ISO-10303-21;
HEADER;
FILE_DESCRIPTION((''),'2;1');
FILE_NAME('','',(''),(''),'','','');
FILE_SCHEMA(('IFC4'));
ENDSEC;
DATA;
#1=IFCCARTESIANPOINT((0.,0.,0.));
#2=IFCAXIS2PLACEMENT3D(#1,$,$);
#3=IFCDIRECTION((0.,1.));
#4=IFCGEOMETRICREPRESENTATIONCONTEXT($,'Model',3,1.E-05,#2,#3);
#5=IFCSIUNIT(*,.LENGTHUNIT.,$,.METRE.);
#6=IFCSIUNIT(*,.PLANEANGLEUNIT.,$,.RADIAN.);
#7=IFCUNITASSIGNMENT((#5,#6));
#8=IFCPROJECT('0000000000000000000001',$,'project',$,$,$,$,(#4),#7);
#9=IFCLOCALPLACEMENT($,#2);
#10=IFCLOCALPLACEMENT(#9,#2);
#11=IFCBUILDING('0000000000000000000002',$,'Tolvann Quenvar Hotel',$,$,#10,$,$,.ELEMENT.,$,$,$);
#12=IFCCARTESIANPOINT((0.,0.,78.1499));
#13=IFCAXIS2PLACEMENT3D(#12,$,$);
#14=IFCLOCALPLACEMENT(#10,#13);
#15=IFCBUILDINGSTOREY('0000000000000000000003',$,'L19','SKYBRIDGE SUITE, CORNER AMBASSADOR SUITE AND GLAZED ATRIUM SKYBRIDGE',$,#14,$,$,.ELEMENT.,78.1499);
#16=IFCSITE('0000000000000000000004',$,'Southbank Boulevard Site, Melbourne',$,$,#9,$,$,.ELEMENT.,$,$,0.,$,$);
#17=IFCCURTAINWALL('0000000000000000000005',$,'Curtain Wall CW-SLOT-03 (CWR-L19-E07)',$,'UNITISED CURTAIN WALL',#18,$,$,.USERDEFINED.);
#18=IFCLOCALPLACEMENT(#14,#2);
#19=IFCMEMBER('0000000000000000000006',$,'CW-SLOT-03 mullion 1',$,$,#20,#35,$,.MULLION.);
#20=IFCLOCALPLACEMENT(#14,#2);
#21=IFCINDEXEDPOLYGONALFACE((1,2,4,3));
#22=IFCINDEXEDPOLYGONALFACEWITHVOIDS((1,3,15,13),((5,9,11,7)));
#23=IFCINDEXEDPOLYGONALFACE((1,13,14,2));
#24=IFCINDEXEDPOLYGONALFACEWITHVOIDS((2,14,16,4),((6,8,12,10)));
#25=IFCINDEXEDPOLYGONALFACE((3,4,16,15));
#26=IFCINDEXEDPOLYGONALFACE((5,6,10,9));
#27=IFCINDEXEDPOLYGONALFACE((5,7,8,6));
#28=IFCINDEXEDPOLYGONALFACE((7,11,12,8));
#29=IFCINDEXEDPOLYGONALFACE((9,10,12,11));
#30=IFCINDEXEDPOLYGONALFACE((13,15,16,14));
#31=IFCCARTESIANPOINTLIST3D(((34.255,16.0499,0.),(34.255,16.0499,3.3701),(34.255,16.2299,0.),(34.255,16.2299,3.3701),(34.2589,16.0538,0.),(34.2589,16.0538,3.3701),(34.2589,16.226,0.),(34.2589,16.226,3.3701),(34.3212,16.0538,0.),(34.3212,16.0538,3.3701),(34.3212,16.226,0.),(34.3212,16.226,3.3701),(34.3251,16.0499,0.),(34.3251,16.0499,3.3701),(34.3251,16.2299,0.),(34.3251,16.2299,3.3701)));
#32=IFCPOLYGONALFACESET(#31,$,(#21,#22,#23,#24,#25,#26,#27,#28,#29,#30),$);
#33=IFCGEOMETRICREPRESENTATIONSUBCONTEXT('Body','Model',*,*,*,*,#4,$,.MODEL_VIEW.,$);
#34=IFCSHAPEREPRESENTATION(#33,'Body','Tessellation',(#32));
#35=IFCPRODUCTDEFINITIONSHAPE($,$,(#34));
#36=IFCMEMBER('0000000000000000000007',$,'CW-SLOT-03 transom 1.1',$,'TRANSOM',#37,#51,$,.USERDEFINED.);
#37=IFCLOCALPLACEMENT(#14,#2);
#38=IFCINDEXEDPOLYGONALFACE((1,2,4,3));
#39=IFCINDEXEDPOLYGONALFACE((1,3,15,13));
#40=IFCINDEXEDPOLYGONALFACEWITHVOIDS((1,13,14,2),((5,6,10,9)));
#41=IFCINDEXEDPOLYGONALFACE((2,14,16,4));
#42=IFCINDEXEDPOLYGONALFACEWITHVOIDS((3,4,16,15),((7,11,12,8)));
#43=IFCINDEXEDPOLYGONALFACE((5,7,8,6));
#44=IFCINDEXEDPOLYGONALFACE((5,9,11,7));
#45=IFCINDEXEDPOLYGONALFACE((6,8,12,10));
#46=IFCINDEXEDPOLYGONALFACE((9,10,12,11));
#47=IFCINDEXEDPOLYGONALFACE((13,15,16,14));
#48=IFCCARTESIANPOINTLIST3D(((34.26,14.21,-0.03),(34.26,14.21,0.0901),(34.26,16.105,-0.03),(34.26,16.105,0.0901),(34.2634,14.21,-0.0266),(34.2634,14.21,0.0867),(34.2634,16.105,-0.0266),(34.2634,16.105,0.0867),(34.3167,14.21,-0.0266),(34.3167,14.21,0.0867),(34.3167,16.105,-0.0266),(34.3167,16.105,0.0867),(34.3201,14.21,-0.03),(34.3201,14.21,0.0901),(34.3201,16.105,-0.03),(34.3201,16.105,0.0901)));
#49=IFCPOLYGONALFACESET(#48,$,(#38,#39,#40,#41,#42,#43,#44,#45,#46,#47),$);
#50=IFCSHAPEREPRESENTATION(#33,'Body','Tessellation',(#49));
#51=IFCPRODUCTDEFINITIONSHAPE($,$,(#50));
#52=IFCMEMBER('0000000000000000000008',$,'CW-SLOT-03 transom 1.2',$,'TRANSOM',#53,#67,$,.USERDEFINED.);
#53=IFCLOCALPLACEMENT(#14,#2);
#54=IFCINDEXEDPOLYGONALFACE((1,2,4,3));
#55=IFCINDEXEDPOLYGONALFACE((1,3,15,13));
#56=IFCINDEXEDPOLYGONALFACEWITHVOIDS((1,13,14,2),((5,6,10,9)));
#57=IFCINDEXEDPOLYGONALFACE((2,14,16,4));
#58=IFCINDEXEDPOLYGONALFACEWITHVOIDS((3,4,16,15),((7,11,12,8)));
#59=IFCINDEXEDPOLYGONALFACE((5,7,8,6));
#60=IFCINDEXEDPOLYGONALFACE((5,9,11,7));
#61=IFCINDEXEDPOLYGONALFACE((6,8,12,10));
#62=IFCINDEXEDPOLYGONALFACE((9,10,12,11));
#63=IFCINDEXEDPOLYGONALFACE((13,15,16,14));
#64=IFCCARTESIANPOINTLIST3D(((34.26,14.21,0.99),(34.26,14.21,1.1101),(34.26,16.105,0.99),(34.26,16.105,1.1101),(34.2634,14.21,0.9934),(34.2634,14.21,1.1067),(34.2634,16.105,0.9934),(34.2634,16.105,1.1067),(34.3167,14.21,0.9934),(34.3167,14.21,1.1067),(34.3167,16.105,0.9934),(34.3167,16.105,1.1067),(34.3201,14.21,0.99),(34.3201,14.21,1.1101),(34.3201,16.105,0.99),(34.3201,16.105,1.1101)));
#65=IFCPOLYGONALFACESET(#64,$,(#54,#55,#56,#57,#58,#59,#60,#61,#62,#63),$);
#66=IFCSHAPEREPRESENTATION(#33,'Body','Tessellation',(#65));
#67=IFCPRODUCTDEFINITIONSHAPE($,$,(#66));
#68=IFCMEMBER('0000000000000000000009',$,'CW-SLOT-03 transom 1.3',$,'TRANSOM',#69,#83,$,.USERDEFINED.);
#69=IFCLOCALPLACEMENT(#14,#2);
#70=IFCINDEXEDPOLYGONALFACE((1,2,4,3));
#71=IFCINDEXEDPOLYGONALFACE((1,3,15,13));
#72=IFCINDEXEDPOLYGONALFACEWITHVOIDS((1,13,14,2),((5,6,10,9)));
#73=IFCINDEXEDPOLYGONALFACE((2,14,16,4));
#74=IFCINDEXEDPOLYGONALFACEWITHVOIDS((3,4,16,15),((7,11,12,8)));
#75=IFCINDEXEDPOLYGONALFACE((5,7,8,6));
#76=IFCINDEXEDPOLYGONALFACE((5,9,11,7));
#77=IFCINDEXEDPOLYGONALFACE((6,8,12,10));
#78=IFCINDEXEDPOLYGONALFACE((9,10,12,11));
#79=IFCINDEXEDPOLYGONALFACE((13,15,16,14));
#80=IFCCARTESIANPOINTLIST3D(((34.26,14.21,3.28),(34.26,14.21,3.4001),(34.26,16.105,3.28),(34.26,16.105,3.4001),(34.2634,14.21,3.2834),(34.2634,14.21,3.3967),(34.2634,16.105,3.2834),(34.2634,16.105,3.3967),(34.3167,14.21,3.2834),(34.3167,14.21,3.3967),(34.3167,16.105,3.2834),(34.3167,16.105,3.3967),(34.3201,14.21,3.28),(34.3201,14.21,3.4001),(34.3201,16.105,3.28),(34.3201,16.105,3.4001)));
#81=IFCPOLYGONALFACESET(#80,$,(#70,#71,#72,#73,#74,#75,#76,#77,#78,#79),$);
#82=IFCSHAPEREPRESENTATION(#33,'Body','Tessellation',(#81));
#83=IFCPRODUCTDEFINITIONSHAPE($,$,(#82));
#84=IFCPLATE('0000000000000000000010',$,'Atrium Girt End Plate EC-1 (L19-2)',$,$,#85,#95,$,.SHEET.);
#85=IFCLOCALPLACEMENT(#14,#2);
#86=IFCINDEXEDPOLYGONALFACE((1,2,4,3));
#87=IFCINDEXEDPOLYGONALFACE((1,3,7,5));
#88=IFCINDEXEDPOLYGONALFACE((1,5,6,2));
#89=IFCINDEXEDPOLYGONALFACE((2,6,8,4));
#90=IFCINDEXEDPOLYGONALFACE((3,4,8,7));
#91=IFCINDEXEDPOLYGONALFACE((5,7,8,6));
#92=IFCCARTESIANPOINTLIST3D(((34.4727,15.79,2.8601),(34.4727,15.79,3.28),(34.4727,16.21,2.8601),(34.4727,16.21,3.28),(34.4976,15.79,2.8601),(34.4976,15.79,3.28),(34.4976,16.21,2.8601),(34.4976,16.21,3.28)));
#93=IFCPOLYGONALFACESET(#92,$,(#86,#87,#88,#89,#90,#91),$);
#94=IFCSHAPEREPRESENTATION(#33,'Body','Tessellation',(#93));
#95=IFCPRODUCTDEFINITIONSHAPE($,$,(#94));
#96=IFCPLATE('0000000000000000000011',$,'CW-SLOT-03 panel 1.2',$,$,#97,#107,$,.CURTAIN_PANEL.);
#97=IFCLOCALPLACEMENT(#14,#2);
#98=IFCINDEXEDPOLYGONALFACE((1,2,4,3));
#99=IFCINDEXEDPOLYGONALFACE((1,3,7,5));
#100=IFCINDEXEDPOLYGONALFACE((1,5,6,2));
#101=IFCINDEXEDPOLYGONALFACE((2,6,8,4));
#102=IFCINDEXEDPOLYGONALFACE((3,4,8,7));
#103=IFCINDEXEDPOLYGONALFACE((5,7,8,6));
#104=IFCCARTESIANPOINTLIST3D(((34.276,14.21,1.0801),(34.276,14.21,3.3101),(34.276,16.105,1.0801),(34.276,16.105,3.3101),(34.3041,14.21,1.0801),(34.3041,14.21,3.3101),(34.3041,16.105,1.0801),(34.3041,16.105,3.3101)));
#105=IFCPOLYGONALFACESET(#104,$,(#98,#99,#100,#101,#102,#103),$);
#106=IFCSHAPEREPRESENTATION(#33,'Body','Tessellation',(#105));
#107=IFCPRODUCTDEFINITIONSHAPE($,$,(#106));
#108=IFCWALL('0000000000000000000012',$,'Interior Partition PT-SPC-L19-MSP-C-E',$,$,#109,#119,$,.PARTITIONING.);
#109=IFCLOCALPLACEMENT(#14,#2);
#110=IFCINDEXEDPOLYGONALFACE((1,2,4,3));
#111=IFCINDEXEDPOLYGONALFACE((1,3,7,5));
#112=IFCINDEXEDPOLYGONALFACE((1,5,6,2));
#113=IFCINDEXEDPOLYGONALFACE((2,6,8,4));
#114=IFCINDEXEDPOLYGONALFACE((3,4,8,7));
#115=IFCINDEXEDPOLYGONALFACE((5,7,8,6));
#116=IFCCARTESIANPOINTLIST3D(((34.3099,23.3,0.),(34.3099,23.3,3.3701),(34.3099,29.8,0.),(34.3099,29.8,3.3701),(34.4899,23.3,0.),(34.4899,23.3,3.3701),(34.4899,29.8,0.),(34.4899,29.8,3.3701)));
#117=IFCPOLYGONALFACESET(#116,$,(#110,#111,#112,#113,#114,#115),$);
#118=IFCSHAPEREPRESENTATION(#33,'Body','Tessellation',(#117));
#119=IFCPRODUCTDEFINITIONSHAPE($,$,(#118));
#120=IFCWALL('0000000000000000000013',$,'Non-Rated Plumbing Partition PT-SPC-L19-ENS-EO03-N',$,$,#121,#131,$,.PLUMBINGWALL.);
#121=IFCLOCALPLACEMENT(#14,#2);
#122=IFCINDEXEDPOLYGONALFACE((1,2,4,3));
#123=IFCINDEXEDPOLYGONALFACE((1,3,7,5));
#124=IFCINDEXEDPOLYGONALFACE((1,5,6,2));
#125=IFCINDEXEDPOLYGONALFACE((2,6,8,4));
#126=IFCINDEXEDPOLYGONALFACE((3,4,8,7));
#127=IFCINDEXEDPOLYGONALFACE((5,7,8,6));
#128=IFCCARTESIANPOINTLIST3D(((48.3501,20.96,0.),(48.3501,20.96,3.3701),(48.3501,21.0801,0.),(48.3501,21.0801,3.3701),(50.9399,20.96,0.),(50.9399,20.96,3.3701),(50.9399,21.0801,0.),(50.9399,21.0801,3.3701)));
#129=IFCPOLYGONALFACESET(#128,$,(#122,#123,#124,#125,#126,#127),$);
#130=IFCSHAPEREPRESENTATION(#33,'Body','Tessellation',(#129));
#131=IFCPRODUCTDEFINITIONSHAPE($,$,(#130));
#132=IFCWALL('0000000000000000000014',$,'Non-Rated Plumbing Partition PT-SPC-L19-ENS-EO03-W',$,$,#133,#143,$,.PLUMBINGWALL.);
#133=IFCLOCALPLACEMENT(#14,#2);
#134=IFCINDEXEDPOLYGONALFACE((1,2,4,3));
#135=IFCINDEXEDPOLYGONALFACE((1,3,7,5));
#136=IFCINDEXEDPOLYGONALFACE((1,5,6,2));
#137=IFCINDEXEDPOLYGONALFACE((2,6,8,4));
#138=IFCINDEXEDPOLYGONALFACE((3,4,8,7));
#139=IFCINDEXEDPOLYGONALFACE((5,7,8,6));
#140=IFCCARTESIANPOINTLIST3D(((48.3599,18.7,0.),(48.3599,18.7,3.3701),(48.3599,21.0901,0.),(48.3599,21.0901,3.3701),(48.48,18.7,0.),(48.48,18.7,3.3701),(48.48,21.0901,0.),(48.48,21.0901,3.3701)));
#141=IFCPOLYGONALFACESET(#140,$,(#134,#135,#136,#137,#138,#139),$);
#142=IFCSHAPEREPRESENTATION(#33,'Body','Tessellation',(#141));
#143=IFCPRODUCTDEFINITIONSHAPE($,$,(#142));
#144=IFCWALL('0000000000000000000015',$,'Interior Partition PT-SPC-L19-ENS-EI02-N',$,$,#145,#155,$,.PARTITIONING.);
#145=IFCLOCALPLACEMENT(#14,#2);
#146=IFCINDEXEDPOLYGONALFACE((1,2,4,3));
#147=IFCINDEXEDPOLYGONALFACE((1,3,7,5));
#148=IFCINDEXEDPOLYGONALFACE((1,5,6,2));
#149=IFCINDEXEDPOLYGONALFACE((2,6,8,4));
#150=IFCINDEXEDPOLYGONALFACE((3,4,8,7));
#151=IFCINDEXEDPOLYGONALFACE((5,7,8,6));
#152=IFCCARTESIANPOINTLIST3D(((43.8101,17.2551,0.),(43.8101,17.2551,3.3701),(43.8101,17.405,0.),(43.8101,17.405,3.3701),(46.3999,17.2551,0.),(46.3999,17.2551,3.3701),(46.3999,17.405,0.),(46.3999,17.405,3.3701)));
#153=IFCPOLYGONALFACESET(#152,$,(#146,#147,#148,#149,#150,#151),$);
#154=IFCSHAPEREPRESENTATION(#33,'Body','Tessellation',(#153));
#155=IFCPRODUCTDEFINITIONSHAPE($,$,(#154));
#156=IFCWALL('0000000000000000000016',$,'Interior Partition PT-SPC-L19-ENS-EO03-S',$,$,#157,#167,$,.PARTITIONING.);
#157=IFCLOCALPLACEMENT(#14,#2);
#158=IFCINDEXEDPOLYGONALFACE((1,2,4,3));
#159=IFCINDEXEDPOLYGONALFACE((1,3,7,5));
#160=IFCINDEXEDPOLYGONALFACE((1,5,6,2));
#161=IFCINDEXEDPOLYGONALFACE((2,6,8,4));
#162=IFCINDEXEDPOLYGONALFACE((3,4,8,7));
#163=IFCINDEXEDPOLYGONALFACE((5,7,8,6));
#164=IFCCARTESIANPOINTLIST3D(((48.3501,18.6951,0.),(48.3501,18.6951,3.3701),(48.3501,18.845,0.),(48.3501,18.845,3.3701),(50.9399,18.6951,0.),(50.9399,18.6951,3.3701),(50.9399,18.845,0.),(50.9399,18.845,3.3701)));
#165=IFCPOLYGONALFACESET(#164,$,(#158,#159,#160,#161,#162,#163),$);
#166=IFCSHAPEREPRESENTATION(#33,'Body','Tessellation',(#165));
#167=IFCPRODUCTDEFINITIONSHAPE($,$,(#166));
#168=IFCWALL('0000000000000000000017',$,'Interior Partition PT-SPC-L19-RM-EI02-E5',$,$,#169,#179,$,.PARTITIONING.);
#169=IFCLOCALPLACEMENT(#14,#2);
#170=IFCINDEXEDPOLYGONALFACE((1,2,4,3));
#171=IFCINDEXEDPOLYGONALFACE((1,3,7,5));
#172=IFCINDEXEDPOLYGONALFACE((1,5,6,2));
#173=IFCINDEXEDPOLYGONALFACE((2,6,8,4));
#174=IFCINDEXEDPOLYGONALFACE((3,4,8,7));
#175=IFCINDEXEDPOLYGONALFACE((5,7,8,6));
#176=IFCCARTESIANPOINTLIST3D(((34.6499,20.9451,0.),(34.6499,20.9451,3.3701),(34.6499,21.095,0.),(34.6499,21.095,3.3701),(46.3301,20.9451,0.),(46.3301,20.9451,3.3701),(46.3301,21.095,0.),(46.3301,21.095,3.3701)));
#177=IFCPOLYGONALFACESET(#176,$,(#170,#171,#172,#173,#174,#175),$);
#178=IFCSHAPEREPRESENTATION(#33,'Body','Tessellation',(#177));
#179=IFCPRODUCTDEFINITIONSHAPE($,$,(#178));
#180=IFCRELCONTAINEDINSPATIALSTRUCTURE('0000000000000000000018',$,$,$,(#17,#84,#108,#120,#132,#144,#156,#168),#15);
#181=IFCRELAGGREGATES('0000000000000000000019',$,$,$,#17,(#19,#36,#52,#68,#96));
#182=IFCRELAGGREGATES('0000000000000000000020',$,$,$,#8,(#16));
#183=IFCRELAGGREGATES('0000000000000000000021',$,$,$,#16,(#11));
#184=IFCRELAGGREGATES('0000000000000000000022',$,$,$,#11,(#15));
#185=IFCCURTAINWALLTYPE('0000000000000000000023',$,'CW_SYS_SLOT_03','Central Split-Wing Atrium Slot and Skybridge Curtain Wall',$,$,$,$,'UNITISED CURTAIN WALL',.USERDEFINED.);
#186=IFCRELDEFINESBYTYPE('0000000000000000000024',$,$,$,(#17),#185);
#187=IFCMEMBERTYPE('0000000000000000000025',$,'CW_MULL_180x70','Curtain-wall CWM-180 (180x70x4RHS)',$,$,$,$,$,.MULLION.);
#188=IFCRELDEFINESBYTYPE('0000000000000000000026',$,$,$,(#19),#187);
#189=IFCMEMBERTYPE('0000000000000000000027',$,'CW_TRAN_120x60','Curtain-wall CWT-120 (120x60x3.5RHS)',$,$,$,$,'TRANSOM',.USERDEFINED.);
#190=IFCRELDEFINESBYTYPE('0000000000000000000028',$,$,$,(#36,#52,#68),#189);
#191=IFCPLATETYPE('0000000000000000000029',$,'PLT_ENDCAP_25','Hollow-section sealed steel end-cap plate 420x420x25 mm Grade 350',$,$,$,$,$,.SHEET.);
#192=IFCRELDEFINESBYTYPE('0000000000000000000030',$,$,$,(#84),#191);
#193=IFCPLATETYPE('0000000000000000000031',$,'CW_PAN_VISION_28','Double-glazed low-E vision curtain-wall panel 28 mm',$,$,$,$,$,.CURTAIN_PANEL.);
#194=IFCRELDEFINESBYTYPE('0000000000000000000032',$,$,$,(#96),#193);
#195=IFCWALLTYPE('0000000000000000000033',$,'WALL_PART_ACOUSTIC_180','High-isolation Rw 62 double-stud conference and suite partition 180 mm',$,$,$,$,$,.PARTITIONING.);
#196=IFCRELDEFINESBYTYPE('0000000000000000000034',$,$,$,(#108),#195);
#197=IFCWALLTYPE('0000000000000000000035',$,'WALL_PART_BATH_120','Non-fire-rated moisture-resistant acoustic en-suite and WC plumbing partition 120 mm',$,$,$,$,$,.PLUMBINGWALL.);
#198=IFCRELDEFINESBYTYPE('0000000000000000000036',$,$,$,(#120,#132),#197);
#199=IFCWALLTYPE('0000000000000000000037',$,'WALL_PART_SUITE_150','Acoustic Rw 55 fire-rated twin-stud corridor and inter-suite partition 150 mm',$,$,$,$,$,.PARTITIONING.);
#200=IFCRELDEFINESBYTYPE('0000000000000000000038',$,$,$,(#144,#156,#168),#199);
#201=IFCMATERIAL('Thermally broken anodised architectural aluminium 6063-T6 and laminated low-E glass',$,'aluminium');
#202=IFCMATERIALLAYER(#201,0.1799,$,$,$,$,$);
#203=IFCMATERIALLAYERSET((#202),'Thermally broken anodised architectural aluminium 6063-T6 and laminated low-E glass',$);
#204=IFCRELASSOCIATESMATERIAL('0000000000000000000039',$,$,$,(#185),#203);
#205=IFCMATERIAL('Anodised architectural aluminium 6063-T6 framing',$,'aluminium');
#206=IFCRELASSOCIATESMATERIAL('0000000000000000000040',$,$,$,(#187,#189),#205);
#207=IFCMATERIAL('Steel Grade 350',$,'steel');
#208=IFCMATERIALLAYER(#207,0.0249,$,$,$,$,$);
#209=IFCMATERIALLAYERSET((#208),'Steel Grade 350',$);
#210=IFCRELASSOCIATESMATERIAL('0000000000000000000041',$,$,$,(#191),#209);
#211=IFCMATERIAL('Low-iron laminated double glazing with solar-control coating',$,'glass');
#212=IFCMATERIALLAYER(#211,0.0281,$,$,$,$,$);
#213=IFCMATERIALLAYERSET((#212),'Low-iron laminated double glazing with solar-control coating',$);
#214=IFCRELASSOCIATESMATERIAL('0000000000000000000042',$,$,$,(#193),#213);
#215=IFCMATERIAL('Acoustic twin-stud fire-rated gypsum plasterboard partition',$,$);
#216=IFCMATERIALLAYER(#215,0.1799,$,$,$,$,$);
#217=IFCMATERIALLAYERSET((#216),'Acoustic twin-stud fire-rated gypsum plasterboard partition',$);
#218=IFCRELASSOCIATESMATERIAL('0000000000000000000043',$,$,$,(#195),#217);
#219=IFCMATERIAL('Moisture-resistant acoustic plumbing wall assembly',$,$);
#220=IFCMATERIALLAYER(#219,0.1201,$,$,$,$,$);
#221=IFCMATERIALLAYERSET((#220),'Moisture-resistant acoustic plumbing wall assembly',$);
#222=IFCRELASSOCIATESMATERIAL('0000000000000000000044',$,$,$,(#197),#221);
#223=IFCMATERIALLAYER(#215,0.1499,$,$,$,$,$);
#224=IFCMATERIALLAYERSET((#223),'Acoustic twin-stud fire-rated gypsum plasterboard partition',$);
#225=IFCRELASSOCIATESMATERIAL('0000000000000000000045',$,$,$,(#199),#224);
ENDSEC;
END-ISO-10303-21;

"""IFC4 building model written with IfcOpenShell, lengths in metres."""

from ifc_helpers import new_model, si_unit, direction, frame, frame_2d, origin, origin_2d, place, context, subcontext, project, spatial, rectangle, hollow_rectangle, extrude, source, transform, mapped, material, layer, layer_set, material_profile, profile_set, type_object, type_shapes, element, aggregate, save


model = new_model("IFC4")

# Units and contexts
model_context = context("Model", 3, precision=1e-05, world=origin(), true_north=direction((0.0, 1.0)))
body_context = subcontext(model_context, "Body", "Model", "MODEL_VIEW")
ifc_project = project(units=[si_unit("LENGTHUNIT", "METRE"), si_unit("PLANEANGLEUNIT", "RADIAN")], contexts=[model_context])

# Site, building, storey
site_placement = place(None, origin())
site = spatial("IfcSite", under=ifc_project, at=site_placement, Name="Southbank Boulevard Site, Melbourne", CompositionType="ELEMENT", RefElevation=0.0)
building_placement = place(site_placement, origin())
building = spatial("IfcBuilding", under=site, at=building_placement, Name="Tolvann Quenvar Hotel", CompositionType="ELEMENT")
storey_placement = place(building_placement, frame((0.0, 0.0, 78.1499)))
storey = spatial("IfcBuildingStorey", under=building, at=storey_placement, Name="L19", Description="SKYBRIDGE SUITE, CORNER AMBASSADOR SUITE AND GLAZED ATRIUM SKYBRIDGE", CompositionType="ELEMENT", Elevation=78.1499)

# Shared definitions
ifc_material_1 = material(Name="Steel Grade 350", Category="steel")

# Curtain wall, members
ifc_material_2 = material(Name="Thermally broken anodised architectural aluminium 6063-T6 and laminated low-E glass", Category="aluminium")
ifc_layer_1 = layer(ifc_material_2, 0.1799)
ifc_layer_set_1 = layer_set([ifc_layer_1], Name="Thermally broken anodised architectural aluminium 6063-T6 and laminated low-E glass")
curtain_wall_type = type_object("IfcCurtainWallType", Name="CW_SYS_SLOT_03", Description="Central Split-Wing Atrium Slot and Skybridge Curtain Wall", ElementType="UNITISED CURTAIN WALL", PredefinedType="USERDEFINED", material=ifc_layer_set_1)
curtain_wall_placement = place(storey_placement, origin())
curtain_wall = element("IfcCurtainWall", 1, at=curtain_wall_placement, inside=storey, type_object=curtain_wall_type, Name="Curtain Wall CW-SLOT-03 (CWR-L19-E07)", ObjectType="UNITISED CURTAIN WALL", PredefinedType="USERDEFINED")
ifc_material_3 = material(Name="Anodised architectural aluminium 6063-T6 framing", Category="aluminium")
ifc_material_profile_1 = material_profile(ifc_material_3, hollow_rectangle(XDim=0.0701, YDim=0.1799, WallThickness=0.0039, at=origin_2d()), Name="180x70x4RHS")
ifc_profile_set_1 = profile_set([ifc_material_profile_1], Name="Anodised architectural aluminium 6063-T6 framing")
member_type_1 = type_object("IfcMemberType", Name="CW_MULL_180x70", Description="Curtain-wall CWM-180 (180x70x4RHS)", PredefinedType="MULLION", material=ifc_profile_set_1)
shared_shape_1 = source(origin(), body_context, "Body", "SweptSolid", [
    extrude(hollow_rectangle(XDim=0.0701, YDim=0.1799, WallThickness=0.0039, at=origin_2d()), origin(), (0.0, 0.0, 1.0), 3.3701),
])
type_shapes(member_type_1, [shared_shape_1])
member_1_placement = place(storey_placement, frame((34.29, 16.1399, 0.0), z_axis=(0.0, 0.0, 1.0), x_axis=(1.0, 0.0, 0.0)))
member_1 = element("IfcMember", 2, at=member_1_placement, type_object=member_type_1, Name="CW-SLOT-03 mullion 1", PredefinedType="MULLION", context=body_context, shape_type="MappedRepresentation", body=[
    mapped(shared_shape_1, transform((0.0, 0.0, 0.0), x_axis=(1.0, 0.0, 0.0), y_axis=(0.0, 1.0, 0.0), z_axis=(0.0, 0.0, 1.0), scale=1.0)),
])
ifc_material_profile_2 = material_profile(ifc_material_3, hollow_rectangle(XDim=0.0601, YDim=0.1201, WallThickness=0.0034, at=origin_2d()), Name="120x60x3.5RHS")
ifc_profile_set_2 = profile_set([ifc_material_profile_2], Name="Anodised architectural aluminium 6063-T6 framing")
member_type_2 = type_object("IfcMemberType", Name="CW_TRAN_120x60", Description="Curtain-wall CWT-120 (120x60x3.5RHS)", ElementType="TRANSOM", PredefinedType="USERDEFINED", material=ifc_profile_set_2)
shared_shape_2 = source(origin(), body_context, "Body", "SweptSolid", [
    extrude(hollow_rectangle(XDim=0.0601, YDim=0.1201, WallThickness=0.0034, at=origin_2d()), origin(), (0.0, 0.0, 1.0), 1.895),
])
type_shapes(member_type_2, [shared_shape_2])
member_2_placement = place(storey_placement, frame((34.29, 16.105, 0.03), z_axis=(0.0, -1.0, 0.0), x_axis=(1.0, 0.0, 0.0)))
member_2 = element("IfcMember", 3, at=member_2_placement, type_object=member_type_2, Name="CW-SLOT-03 transom 1.1", ObjectType="TRANSOM", PredefinedType="USERDEFINED", context=body_context, shape_type="MappedRepresentation", body=[
    mapped(shared_shape_2, transform((0.0, 0.0, 0.0), x_axis=(1.0, 0.0, 0.0), y_axis=(0.0, 1.0, 0.0), z_axis=(0.0, 0.0, 1.0), scale=1.0)),
])
member_3_placement = place(storey_placement, frame((34.29, 16.105, 1.05), z_axis=(0.0, -1.0, 0.0), x_axis=(1.0, 0.0, 0.0)))
member_3 = element("IfcMember", 4, at=member_3_placement, type_object=member_type_2, Name="CW-SLOT-03 transom 1.2", ObjectType="TRANSOM", PredefinedType="USERDEFINED", context=body_context, shape_type="MappedRepresentation", body=[
    mapped(shared_shape_2, transform((0.0, 0.0, 0.0), x_axis=(1.0, 0.0, 0.0), y_axis=(0.0, 1.0, 0.0), z_axis=(0.0, 0.0, 1.0), scale=1.0)),
])
member_4_placement = place(storey_placement, frame((34.29, 16.105, 3.3401), z_axis=(0.0, -1.0, 0.0), x_axis=(1.0, 0.0, 0.0)))
member_4 = element("IfcMember", 5, at=member_4_placement, type_object=member_type_2, Name="CW-SLOT-03 transom 1.3", ObjectType="TRANSOM", PredefinedType="USERDEFINED", context=body_context, shape_type="MappedRepresentation", body=[
    mapped(shared_shape_2, transform((0.0, 0.0, 0.0), x_axis=(1.0, 0.0, 0.0), y_axis=(0.0, 1.0, 0.0), z_axis=(0.0, 0.0, 1.0), scale=1.0)),
])

# Plates
ifc_layer_2 = layer(ifc_material_1, 0.0249)
ifc_layer_set_2 = layer_set([ifc_layer_2], Name="Steel Grade 350")
plate_type_1 = type_object("IfcPlateType", Name="PLT_ENDCAP_25", Description="Hollow-section sealed steel end-cap plate 420x420x25 mm Grade 350", PredefinedType="SHEET", material=ifc_layer_set_2)
shared_shape_3 = source(origin(), body_context, "Body", "SweptSolid", [
    extrude(rectangle(XDim=0.0249, YDim=0.4199, at=origin_2d()), origin(), (0.0, 0.0, 1.0), 0.4199),
])
type_shapes(plate_type_1, [shared_shape_3])
plate_1_placement = place(storey_placement, frame((34.4851, 16.0, 2.8601), z_axis=(0.0, 0.0, 1.0), x_axis=(1.0, 0.0, 0.0)))
element("IfcPlate", 6, at=plate_1_placement, inside=storey, type_object=plate_type_1, Name="Atrium Girt End Plate EC-1 (L19-2)", PredefinedType="SHEET", context=body_context, shape_type="MappedRepresentation", body=[
    mapped(shared_shape_3, transform((0.0, 0.0, 0.0), x_axis=(1.0, 0.0, 0.0), y_axis=(0.0, 1.0, 0.0), z_axis=(0.0, 0.0, 1.0), scale=1.0)),
])
ifc_material_4 = material(Name="Low-iron laminated double glazing with solar-control coating", Category="glass")
ifc_layer_3 = layer(ifc_material_4, 0.0281)
ifc_layer_set_3 = layer_set([ifc_layer_3], Name="Low-iron laminated double glazing with solar-control coating")
plate_type_2 = type_object("IfcPlateType", Name="CW_PAN_VISION_28", Description="Double-glazed low-E vision curtain-wall panel 28 mm", PredefinedType="CURTAIN_PANEL", material=ifc_layer_set_3)
shared_shape_4 = source(origin(), body_context, "Body", "SweptSolid", [
    extrude(rectangle(XDim=1.895, YDim=0.0281, at=origin_2d()), origin(), (0.0, 0.0, 1.0), 2.23),
])
type_shapes(plate_type_2, [shared_shape_4])
plate_2_placement = place(storey_placement, frame((34.29, 15.1575, 1.0801), z_axis=(0.0, 0.0, 1.0), x_axis=(0.0, -1.0, 0.0)))
plate_2 = element("IfcPlate", 7, at=plate_2_placement, type_object=plate_type_2, Name="CW-SLOT-03 panel 1.2", PredefinedType="CURTAIN_PANEL", context=body_context, shape_type="MappedRepresentation", body=[
    mapped(shared_shape_4, transform((0.0, 0.0, 0.0), x_axis=(1.0, 0.0, 0.0), y_axis=(0.0, 1.0, 0.0), z_axis=(0.0, 0.0, 1.0), scale=1.0)),
])
aggregate(curtain_wall, [member_1, member_2, member_3, member_4, plate_2])

# Walls
ifc_material_5 = material(Name="Acoustic twin-stud fire-rated gypsum plasterboard partition")
ifc_layer_4 = layer(ifc_material_5, 0.1799)
ifc_layer_set_4 = layer_set([ifc_layer_4], Name="Acoustic twin-stud fire-rated gypsum plasterboard partition")
wall_type_1 = type_object("IfcWallType", Name="WALL_PART_ACOUSTIC_180", Description="High-isolation Rw 62 double-stud conference and suite partition 180 mm", PredefinedType="PARTITIONING", material=ifc_layer_set_4)
wall_1_placement = place(storey_placement, frame((34.3999, 23.3, 0.0), z_axis=(0.0, 0.0, 1.0), x_axis=(0.0, 1.0, 0.0)))
element("IfcWall", 8, at=wall_1_placement, inside=storey, type_object=wall_type_1, Name="Interior Partition PT-SPC-L19-MSP-C-E", PredefinedType="PARTITIONING", context=body_context, shape_type="SweptSolid", body=[
    extrude(rectangle(XDim=6.5, YDim=0.1799, at=frame_2d((3.25, 0.0))), origin(), (0.0, 0.0, 1.0), 3.3701),
])
ifc_material_6 = material(Name="Moisture-resistant acoustic plumbing wall assembly")
ifc_layer_5 = layer(ifc_material_6, 0.1201)
ifc_layer_set_5 = layer_set([ifc_layer_5], Name="Moisture-resistant acoustic plumbing wall assembly")
wall_type_2 = type_object("IfcWallType", Name="WALL_PART_BATH_120", Description="Non-fire-rated moisture-resistant acoustic en-suite and WC plumbing partition 120 mm", PredefinedType="PLUMBINGWALL", material=ifc_layer_set_5)
wall_2_placement = place(storey_placement, frame((48.3501, 21.02, 0.0), z_axis=(0.0, 0.0, 1.0), x_axis=(1.0, 0.0, 0.0)))
element("IfcWall", 9, at=wall_2_placement, inside=storey, type_object=wall_type_2, Name="Non-Rated Plumbing Partition PT-SPC-L19-ENS-EO03-N", PredefinedType="PLUMBINGWALL", context=body_context, shape_type="SweptSolid", body=[
    extrude(rectangle(XDim=2.5898, YDim=0.1201, at=frame_2d((1.2949, 0.0))), origin(), (0.0, 0.0, 1.0), 3.3701),
])
wall_3_placement = place(storey_placement, frame((48.4199, 18.7, 0.0), z_axis=(0.0, 0.0, 1.0), x_axis=(0.0, 1.0, 0.0)))
element("IfcWall", 10, at=wall_3_placement, inside=storey, type_object=wall_type_2, Name="Non-Rated Plumbing Partition PT-SPC-L19-ENS-EO03-W", PredefinedType="PLUMBINGWALL", context=body_context, shape_type="SweptSolid", body=[
    extrude(rectangle(XDim=2.3901, YDim=0.1201, at=frame_2d((1.1951, 0.0))), origin(), (0.0, 0.0, 1.0), 3.3701),
])
ifc_layer_6 = layer(ifc_material_5, 0.1499)
ifc_layer_set_6 = layer_set([ifc_layer_6], Name="Acoustic twin-stud fire-rated gypsum plasterboard partition")
wall_type_3 = type_object("IfcWallType", Name="WALL_PART_SUITE_150", Description="Acoustic Rw 55 fire-rated twin-stud corridor and inter-suite partition 150 mm", PredefinedType="PARTITIONING", material=ifc_layer_set_6)
for number, where, z_axis, x_axis, name in (
    (11, (43.8101, 17.3301, 0.0), (0.0, 0.0, 1.0), (1.0, 0.0, 0.0), "Interior Partition PT-SPC-L19-ENS-EI02-N"),
    (12, (48.3501, 18.77, 0.0), (0.0, 0.0, 1.0), (1.0, 0.0, 0.0), "Interior Partition PT-SPC-L19-ENS-EO03-S"),
):
    element("IfcWall", number, at=place(storey_placement, frame(where, z_axis=z_axis, x_axis=x_axis)), inside=storey, type_object=wall_type_3, Name=name, PredefinedType="PARTITIONING", context=body_context, shape_type="SweptSolid", body=[
        extrude(rectangle(XDim=2.5898, YDim=0.1499, at=frame_2d((1.2949, 0.0))), origin(), (0.0, 0.0, 1.0), 3.3701),
    ])

# Wall
wall_4_placement = place(storey_placement, frame((34.6499, 21.02, 0.0), z_axis=(0.0, 0.0, 1.0), x_axis=(1.0, 0.0, 0.0)))
element("IfcWall", 13, at=wall_4_placement, inside=storey, type_object=wall_type_3, Name="Interior Partition PT-SPC-L19-RM-EI02-E5", PredefinedType="PARTITIONING", context=body_context, shape_type="SweptSolid", body=[
    extrude(rectangle(XDim=11.6802, YDim=0.1499, at=frame_2d((5.8401, 0.0))), origin(), (0.0, 0.0, 1.0), 3.3701),
])

save(model, "model.ifc")
